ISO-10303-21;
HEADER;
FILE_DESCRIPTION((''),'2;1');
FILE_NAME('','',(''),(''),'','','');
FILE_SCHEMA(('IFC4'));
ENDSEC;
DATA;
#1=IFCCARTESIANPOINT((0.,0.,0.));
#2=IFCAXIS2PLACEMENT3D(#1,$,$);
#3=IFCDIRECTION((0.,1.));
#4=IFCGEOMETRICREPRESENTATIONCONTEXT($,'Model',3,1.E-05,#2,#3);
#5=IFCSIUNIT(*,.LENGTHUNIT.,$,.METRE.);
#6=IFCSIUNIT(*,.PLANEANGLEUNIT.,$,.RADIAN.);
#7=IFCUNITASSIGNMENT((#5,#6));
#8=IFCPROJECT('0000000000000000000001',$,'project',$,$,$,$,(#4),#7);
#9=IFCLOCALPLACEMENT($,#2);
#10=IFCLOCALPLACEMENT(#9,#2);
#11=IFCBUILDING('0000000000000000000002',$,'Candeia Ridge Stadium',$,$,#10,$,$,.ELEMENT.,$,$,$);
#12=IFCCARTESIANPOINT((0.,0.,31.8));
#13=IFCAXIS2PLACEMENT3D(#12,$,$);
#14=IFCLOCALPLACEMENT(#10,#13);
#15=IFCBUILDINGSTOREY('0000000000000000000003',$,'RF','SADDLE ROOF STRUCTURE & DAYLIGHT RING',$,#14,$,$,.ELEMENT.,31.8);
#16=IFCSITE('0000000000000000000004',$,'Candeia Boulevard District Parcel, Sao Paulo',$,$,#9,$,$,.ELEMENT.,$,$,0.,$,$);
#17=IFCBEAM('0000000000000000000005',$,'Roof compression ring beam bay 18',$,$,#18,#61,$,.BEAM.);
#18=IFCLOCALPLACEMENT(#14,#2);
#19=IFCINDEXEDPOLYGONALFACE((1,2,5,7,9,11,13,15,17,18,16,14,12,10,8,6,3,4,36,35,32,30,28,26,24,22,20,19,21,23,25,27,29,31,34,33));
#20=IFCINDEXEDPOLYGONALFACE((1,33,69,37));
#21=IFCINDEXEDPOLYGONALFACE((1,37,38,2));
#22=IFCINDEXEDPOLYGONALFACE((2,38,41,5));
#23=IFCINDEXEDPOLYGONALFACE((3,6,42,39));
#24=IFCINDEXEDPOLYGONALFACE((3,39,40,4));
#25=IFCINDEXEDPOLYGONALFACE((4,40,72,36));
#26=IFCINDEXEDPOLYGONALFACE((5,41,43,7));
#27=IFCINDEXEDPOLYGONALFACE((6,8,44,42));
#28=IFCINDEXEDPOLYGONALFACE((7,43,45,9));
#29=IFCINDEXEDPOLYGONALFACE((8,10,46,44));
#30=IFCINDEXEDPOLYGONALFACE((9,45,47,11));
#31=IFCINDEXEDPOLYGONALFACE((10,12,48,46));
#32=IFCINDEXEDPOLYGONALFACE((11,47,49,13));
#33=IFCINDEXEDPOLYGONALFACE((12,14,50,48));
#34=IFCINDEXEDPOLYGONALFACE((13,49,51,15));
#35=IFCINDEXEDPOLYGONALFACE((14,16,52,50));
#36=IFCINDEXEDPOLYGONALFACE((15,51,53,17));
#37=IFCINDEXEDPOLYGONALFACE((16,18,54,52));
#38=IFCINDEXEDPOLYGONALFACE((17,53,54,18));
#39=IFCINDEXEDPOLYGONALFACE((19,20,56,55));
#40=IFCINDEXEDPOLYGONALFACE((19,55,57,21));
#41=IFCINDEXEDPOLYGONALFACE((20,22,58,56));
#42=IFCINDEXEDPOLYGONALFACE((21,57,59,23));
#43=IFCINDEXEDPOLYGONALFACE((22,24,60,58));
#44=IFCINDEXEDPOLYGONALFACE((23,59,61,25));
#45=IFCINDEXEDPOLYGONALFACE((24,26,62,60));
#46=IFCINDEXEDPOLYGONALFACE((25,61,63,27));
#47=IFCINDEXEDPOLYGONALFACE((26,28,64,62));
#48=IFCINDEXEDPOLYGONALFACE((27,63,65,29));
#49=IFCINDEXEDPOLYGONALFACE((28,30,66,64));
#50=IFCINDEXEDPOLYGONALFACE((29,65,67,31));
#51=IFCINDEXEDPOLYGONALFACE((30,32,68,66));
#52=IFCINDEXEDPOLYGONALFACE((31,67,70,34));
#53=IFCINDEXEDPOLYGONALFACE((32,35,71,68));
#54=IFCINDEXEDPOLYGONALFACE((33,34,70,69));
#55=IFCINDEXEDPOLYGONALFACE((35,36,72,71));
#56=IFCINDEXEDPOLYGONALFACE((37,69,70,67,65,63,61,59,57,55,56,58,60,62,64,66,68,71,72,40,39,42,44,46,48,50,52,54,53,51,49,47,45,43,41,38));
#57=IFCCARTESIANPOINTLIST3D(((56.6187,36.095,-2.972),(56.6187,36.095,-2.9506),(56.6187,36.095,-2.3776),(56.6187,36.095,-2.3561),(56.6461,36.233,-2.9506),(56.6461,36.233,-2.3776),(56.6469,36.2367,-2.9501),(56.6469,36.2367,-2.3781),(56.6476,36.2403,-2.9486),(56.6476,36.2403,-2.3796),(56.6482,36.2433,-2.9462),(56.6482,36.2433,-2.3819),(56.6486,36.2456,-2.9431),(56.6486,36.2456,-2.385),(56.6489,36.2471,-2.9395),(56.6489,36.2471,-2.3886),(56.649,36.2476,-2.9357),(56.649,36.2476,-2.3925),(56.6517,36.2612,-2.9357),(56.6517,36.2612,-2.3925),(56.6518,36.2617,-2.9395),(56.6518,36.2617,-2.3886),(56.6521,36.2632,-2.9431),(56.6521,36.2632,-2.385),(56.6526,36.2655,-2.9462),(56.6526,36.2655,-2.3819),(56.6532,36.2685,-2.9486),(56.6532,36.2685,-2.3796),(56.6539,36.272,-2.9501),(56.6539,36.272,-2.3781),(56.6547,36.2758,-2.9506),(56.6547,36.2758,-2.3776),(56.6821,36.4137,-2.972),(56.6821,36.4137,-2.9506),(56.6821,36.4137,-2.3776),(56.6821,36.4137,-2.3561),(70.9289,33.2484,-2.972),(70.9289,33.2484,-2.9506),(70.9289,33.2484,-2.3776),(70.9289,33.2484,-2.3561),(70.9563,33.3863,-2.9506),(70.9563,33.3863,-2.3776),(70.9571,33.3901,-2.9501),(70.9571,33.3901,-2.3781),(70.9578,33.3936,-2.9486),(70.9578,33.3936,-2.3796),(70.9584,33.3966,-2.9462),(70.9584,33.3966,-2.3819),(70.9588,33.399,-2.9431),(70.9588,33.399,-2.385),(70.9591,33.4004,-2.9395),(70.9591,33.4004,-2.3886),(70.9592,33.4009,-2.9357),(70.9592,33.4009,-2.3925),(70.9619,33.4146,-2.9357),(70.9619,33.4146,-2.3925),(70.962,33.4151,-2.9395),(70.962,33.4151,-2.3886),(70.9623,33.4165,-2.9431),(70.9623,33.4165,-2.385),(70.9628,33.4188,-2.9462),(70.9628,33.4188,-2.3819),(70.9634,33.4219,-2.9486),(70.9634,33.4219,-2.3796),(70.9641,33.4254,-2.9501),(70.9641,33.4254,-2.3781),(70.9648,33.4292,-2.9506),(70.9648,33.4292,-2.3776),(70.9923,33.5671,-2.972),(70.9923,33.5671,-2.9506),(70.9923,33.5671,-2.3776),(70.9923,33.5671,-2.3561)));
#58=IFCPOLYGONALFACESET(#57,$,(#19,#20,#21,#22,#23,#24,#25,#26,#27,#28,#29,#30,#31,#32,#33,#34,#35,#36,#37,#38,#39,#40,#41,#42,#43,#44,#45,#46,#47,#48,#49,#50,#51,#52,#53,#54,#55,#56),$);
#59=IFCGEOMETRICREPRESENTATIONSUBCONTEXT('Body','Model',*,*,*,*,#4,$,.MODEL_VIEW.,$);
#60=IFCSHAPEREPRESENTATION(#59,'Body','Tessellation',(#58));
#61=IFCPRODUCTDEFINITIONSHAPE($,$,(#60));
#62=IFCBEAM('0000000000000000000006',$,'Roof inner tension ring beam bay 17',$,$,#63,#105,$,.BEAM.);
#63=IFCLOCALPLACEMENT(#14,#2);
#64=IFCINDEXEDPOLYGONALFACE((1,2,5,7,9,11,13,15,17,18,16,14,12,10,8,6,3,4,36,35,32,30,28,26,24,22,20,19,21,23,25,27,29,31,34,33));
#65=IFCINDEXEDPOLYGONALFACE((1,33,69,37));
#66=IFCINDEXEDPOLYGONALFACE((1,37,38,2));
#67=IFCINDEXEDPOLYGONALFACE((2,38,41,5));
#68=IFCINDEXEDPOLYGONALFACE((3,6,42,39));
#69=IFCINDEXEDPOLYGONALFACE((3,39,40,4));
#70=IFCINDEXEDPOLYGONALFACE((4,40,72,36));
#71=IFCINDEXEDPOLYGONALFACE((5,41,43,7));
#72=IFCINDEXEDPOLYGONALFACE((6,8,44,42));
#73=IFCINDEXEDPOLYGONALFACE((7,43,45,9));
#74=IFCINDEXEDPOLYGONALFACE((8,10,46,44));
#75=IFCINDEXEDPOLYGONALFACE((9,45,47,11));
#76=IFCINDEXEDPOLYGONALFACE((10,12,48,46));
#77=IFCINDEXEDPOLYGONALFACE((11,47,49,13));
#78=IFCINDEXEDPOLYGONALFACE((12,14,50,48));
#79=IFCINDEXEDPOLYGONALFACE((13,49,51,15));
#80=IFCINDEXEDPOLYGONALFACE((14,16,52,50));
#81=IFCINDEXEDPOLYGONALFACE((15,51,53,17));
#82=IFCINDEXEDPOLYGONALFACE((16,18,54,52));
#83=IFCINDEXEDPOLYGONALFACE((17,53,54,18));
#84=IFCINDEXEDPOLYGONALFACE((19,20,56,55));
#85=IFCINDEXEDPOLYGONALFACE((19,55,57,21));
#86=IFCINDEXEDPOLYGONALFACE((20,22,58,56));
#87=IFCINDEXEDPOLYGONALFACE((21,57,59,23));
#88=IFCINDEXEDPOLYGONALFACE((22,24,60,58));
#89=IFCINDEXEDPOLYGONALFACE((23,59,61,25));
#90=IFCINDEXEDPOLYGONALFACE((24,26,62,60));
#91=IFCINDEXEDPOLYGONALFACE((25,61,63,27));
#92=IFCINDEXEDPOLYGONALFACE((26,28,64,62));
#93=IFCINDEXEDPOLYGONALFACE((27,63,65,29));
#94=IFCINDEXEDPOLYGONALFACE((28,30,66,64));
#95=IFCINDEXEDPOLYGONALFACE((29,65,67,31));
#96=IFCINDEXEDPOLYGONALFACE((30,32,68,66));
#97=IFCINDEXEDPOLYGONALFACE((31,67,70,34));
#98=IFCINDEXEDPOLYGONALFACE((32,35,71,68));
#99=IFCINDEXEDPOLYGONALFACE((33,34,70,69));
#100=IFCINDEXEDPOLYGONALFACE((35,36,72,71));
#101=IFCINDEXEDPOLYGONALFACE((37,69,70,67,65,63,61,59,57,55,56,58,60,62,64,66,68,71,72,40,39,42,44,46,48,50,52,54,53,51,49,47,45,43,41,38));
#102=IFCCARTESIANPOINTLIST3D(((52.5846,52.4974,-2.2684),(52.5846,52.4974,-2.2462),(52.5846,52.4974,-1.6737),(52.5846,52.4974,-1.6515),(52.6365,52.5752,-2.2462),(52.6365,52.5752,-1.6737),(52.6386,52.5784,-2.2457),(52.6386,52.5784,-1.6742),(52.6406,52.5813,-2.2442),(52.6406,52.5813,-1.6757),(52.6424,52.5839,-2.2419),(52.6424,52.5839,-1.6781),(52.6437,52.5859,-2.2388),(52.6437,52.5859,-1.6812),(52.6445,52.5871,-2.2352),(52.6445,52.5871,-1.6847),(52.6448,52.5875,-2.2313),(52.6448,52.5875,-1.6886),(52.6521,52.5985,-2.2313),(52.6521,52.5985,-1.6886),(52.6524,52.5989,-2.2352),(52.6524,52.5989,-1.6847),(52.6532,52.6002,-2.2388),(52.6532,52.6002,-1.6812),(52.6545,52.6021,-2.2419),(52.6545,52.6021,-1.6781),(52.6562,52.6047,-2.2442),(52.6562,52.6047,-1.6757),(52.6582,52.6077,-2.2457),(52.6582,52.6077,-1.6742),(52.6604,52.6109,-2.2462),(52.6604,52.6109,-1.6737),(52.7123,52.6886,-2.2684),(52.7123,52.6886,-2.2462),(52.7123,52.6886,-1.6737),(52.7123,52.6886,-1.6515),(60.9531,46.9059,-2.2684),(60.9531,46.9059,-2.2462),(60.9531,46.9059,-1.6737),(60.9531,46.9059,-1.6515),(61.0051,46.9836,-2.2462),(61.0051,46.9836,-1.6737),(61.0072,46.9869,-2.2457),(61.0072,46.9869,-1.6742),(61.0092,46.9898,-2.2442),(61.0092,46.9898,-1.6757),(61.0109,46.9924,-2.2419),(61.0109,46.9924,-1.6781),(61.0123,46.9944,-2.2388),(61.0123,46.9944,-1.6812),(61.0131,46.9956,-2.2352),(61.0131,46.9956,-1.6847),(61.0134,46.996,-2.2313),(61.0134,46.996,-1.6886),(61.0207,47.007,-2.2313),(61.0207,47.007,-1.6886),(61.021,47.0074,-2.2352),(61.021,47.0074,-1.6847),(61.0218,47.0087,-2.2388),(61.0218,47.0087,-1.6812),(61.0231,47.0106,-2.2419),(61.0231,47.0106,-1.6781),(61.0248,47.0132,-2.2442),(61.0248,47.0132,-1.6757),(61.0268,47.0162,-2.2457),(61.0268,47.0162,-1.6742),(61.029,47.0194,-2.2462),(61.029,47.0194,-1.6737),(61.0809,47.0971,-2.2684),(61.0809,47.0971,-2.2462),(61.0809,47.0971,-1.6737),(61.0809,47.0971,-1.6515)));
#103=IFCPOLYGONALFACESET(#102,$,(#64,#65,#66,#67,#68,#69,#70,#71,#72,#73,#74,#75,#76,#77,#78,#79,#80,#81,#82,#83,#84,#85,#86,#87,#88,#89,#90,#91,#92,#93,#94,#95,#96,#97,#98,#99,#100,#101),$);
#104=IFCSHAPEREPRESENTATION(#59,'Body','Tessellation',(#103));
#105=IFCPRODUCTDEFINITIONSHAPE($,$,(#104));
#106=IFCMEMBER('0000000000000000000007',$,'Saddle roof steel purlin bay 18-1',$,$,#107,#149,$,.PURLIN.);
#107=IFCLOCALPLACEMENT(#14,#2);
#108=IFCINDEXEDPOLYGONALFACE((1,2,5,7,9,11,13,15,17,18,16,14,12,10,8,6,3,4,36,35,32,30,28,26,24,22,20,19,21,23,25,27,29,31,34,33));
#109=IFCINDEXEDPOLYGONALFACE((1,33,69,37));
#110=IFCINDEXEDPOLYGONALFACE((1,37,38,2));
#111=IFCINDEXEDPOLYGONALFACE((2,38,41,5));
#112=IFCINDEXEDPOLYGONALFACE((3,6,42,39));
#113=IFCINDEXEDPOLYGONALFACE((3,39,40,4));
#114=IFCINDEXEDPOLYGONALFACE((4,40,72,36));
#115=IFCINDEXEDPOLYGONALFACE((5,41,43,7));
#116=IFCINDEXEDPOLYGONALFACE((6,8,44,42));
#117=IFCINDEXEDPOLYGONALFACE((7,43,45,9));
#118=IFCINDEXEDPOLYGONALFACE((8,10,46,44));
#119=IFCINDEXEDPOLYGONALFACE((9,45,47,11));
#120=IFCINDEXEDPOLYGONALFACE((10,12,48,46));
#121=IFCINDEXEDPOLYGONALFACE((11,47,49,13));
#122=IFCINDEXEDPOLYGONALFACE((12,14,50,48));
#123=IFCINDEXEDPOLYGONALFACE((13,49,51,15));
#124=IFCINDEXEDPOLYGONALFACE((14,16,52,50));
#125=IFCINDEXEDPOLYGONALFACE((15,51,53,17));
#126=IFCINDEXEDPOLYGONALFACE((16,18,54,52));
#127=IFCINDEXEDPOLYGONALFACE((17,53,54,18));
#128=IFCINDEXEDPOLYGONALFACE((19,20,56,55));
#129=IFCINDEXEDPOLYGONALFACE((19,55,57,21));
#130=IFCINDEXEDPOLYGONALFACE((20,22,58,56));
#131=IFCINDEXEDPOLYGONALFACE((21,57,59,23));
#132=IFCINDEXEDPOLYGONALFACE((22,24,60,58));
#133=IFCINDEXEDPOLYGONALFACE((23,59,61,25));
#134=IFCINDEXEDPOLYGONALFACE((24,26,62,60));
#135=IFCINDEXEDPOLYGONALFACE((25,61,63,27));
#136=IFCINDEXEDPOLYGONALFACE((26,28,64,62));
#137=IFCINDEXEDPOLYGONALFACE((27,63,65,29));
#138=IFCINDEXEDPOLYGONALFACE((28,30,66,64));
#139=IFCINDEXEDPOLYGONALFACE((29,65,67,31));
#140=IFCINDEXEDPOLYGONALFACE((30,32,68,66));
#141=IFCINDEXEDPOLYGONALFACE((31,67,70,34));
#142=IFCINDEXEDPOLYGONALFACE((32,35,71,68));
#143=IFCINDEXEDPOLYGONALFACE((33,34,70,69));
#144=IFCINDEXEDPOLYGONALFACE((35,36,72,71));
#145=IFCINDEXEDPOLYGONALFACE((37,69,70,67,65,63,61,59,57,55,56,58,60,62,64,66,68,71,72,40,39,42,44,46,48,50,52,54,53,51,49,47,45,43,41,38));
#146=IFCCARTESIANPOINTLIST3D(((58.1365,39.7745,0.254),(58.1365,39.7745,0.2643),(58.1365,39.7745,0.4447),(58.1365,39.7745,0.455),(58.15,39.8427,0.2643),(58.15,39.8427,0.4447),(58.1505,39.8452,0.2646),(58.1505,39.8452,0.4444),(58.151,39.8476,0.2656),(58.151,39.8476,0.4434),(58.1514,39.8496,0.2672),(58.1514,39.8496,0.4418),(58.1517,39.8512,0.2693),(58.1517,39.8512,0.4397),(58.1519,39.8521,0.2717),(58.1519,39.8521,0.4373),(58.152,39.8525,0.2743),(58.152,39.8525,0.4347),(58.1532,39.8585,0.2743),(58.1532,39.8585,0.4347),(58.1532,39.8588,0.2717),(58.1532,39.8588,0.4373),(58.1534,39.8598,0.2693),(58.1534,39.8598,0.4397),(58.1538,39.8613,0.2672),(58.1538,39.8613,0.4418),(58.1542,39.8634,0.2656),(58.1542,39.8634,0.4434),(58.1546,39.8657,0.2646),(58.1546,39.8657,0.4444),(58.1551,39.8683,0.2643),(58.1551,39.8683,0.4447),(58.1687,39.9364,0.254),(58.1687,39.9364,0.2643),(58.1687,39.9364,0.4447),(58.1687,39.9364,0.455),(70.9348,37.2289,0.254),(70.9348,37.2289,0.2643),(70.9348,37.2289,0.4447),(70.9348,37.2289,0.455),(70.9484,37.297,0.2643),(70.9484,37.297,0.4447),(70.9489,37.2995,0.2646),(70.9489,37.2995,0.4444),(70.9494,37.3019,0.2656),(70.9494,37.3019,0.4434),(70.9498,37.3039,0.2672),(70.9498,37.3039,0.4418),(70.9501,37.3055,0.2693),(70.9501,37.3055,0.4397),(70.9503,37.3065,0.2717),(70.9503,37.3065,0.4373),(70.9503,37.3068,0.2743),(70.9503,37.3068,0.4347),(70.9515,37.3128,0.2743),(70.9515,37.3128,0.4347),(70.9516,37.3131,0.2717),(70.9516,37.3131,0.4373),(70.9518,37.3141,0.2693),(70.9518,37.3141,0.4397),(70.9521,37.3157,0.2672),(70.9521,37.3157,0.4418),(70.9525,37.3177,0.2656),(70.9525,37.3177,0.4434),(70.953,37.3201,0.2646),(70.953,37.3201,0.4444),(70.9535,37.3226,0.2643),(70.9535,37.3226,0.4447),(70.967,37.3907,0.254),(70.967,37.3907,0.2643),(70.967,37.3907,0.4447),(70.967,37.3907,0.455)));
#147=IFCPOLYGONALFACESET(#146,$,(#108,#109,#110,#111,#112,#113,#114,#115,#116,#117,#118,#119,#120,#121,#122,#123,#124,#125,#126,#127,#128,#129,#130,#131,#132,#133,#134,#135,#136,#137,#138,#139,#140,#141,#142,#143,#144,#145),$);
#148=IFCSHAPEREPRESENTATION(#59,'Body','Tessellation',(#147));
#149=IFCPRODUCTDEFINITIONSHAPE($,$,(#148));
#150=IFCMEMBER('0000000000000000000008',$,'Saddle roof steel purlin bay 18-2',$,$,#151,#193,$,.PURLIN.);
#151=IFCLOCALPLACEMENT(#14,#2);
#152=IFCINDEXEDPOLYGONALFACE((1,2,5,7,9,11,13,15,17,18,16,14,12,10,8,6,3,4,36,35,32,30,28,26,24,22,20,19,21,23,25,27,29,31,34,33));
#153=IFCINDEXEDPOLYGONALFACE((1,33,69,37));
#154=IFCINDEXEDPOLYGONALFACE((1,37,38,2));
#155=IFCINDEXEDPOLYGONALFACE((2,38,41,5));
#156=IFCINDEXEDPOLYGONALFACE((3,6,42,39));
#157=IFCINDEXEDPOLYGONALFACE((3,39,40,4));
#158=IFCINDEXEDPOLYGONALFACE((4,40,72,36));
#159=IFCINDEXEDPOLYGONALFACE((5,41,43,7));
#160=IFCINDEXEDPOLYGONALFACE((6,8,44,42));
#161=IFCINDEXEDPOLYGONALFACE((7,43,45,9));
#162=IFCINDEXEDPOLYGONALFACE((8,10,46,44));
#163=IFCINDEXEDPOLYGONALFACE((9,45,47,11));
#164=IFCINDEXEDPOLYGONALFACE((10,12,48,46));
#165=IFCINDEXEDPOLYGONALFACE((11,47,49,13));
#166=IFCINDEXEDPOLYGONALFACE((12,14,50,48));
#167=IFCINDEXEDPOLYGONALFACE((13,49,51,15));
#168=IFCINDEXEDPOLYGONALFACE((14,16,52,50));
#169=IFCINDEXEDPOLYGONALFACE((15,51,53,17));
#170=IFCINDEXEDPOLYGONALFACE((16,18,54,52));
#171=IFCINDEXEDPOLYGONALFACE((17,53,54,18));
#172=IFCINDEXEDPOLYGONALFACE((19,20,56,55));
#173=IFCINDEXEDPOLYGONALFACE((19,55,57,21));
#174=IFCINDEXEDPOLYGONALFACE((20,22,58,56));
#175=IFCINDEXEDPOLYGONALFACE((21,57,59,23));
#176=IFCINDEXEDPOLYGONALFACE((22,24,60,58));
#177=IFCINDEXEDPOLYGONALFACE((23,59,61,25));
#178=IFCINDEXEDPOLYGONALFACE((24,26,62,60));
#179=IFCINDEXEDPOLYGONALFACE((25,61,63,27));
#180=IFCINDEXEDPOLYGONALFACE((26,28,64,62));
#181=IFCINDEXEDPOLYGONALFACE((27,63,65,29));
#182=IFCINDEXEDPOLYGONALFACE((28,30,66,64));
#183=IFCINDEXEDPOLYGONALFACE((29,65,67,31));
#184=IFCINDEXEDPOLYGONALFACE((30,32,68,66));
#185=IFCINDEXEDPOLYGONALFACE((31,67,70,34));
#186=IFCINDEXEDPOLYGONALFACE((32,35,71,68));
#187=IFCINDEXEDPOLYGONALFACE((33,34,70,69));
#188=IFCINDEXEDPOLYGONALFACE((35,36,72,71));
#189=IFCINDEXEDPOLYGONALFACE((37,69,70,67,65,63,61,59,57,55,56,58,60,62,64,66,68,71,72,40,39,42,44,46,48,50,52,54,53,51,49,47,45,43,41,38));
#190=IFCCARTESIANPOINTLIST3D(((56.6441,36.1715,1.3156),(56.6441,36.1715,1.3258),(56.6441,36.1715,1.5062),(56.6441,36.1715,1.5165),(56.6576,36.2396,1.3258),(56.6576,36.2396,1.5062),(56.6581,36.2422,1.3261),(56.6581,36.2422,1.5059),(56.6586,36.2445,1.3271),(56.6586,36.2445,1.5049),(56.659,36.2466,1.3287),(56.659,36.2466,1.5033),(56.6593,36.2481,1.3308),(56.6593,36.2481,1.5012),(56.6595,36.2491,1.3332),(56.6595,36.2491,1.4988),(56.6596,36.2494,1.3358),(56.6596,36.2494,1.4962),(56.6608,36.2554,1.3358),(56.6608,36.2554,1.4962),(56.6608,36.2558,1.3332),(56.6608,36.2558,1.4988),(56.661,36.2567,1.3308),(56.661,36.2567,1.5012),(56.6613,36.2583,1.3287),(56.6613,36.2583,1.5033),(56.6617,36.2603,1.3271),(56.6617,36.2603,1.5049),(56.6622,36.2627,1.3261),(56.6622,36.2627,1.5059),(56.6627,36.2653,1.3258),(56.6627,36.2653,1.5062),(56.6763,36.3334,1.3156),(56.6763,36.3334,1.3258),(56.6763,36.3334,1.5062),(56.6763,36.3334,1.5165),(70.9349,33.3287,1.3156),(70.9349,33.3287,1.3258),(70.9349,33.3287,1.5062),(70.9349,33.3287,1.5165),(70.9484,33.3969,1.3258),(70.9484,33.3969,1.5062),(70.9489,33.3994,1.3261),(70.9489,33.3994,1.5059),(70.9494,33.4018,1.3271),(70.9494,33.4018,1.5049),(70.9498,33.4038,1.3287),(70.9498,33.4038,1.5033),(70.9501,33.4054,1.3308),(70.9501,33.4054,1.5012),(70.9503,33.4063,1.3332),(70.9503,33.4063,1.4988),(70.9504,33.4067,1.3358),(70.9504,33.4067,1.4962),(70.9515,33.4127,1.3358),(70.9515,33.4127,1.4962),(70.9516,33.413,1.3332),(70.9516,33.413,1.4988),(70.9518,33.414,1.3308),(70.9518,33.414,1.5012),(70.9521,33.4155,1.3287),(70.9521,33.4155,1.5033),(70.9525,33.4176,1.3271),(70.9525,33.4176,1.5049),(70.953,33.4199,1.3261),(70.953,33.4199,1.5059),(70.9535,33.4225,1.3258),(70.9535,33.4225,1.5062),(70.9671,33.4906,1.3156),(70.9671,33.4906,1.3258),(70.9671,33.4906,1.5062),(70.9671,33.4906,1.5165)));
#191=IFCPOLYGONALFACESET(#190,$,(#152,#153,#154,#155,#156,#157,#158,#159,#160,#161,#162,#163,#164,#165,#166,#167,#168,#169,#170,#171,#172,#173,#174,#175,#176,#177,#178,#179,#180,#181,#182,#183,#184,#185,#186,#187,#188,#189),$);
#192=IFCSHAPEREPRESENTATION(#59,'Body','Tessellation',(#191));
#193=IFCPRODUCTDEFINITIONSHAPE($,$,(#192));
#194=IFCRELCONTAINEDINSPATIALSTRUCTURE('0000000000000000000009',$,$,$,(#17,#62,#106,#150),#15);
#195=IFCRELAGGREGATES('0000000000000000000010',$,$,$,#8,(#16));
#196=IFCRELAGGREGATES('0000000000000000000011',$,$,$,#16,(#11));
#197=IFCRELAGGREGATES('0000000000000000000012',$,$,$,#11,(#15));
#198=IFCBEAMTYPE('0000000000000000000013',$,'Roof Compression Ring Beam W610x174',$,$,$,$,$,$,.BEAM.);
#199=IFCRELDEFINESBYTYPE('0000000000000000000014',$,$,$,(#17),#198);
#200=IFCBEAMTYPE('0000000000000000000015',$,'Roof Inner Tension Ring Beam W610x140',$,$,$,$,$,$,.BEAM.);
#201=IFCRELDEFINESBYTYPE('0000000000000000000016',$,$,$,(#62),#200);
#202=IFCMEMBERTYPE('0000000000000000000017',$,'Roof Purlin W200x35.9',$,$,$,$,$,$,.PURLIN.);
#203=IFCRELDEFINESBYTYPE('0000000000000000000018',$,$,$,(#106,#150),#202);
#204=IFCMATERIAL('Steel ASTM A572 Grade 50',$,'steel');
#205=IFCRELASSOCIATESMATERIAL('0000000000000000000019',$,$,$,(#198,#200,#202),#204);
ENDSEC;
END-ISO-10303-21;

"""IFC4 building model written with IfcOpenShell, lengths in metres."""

from ifc_helpers import new_model, si_unit, direction, frame, origin, origin_2d, place, context, subcontext, project, spatial, i_section, extrude, material, material_profile, profile_set, type_object, element, save


model = new_model("IFC4")

# Units and contexts
model_context = context("Model", 3, precision=1e-05, world=origin(), true_north=direction((0.0, 1.0)))
body_context = subcontext(model_context, "Body", "Model", "MODEL_VIEW")
ifc_project = project(units=[si_unit("LENGTHUNIT", "METRE"), si_unit("PLANEANGLEUNIT", "RADIAN")], contexts=[model_context])

# Site, building, storey
site_placement = place(None, origin())
site = spatial("IfcSite", under=ifc_project, at=site_placement, Name="Candeia Boulevard District Parcel, Sao Paulo", CompositionType="ELEMENT", RefElevation=0.0)
building_placement = place(site_placement, origin())
building = spatial("IfcBuilding", under=site, at=building_placement, Name="Candeia Ridge Stadium", CompositionType="ELEMENT")
storey_placement = place(building_placement, frame((0.0, 0.0, 31.8)))
storey = spatial("IfcBuildingStorey", under=building, at=storey_placement, Name="RF", Description="SADDLE ROOF STRUCTURE & DAYLIGHT RING", CompositionType="ELEMENT", Elevation=31.8)

# Beams
ifc_material_1 = material(Name="Steel ASTM A572 Grade 50", Category="steel")
ifc_material_profile_1 = material_profile(ifc_material_1, i_section(OverallWidth=0.325, OverallDepth=0.616, WebThickness=0.0139, FlangeThickness=0.0215, FilletRadius=0.0149, at=origin_2d()), Name="W610x174", Category="steel")
ifc_profile_set_1 = profile_set([ifc_material_profile_1], Name="Steel ASTM A572 Grade 50")
beam_type_1 = type_object("IfcBeamType", Name="Roof Compression Ring Beam W610x174", PredefinedType="BEAM", material=ifc_profile_set_1)
beam_1_placement = place(storey_placement, frame((56.6504, 36.2544, -2.6641), z_axis=(0.980783, -0.195102, 0.0), x_axis=(0.195102, 0.980783, 0.0)))
element("IfcBeam", 1, at=beam_1_placement, inside=storey, type_object=beam_type_1, Name="Roof compression ring beam bay 18", PredefinedType="BEAM", context=body_context, shape_type="SweptSolid", body=[
    extrude(i_section(OverallWidth=0.325, OverallDepth=0.616, WebThickness=0.0139, FlangeThickness=0.0215, FilletRadius=0.0149, at=origin_2d()), origin(), (0.0, 0.0, 1.0), 14.5906),
])
ifc_material_profile_2 = material_profile(ifc_material_1, i_section(OverallWidth=0.23, OverallDepth=0.6169, WebThickness=0.0132, FlangeThickness=0.0222, FilletRadius=0.0149, at=origin_2d()), Name="W610x140", Category="steel")
ifc_profile_set_2 = profile_set([ifc_material_profile_2], Name="Steel ASTM A572 Grade 50")
beam_type_2 = type_object("IfcBeamType", Name="Roof Inner Tension Ring Beam W610x140", PredefinedType="BEAM", material=ifc_profile_set_2)
beam_2_placement = place(storey_placement, frame((52.6484, 52.593, -1.96), z_axis=(0.831479, -0.555556, 0.0), x_axis=(0.555556, 0.831479, 0.0)))
element("IfcBeam", 2, at=beam_2_placement, inside=storey, type_object=beam_type_2, Name="Roof inner tension ring beam bay 17", PredefinedType="BEAM", context=body_context, shape_type="SweptSolid", body=[
    extrude(i_section(OverallWidth=0.23, OverallDepth=0.6169, WebThickness=0.0132, FlangeThickness=0.0222, FilletRadius=0.0149, at=origin_2d()), origin(), (0.0, 0.0, 1.0), 10.0647),
])

# Members
ifc_material_profile_3 = material_profile(ifc_material_1, i_section(OverallWidth=0.165, OverallDepth=0.2009, WebThickness=0.0061, FlangeThickness=0.0103, FilletRadius=0.01, at=origin_2d()), Name="W200x35.9", Category="steel")
ifc_profile_set_3 = profile_set([ifc_material_profile_3], Name="Steel ASTM A572 Grade 50")
member_type_1 = type_object("IfcMemberType", Name="Roof Purlin W200x35.9", PredefinedType="PURLIN", material=ifc_profile_set_3)
member_1_placement = place(storey_placement, frame((58.1526, 39.8555, 0.3545), z_axis=(0.980787, -0.195083, 0.0), x_axis=(0.195083, 0.980787, 0.0)))
element("IfcMember", 3, at=member_1_placement, inside=storey, type_object=member_type_1, Name="Saddle roof steel purlin bay 18-1", PredefinedType="PURLIN", context=body_context, shape_type="SweptSolid", body=[
    extrude(i_section(OverallWidth=0.165, OverallDepth=0.2009, WebThickness=0.0061, FlangeThickness=0.0103, FilletRadius=0.01, at=origin_2d()), origin(), (0.0, 0.0, 1.0), 13.0491),
])
member_2_placement = place(storey_placement, frame((56.6602, 36.2524, 1.416), z_axis=(0.980783, -0.195101, 0.0), x_axis=(0.195101, 0.980783, 0.0)))
element("IfcMember", 4, at=member_2_placement, inside=storey, type_object=member_type_1, Name="Saddle roof steel purlin bay 18-2", PredefinedType="PURLIN", context=body_context, shape_type="SweptSolid", body=[
    extrude(i_section(OverallWidth=0.165, OverallDepth=0.2009, WebThickness=0.0061, FlangeThickness=0.0103, FilletRadius=0.01, at=origin_2d()), origin(), (0.0, 0.0, 1.0), 14.5708),
])

save(model, "model.ifc")
